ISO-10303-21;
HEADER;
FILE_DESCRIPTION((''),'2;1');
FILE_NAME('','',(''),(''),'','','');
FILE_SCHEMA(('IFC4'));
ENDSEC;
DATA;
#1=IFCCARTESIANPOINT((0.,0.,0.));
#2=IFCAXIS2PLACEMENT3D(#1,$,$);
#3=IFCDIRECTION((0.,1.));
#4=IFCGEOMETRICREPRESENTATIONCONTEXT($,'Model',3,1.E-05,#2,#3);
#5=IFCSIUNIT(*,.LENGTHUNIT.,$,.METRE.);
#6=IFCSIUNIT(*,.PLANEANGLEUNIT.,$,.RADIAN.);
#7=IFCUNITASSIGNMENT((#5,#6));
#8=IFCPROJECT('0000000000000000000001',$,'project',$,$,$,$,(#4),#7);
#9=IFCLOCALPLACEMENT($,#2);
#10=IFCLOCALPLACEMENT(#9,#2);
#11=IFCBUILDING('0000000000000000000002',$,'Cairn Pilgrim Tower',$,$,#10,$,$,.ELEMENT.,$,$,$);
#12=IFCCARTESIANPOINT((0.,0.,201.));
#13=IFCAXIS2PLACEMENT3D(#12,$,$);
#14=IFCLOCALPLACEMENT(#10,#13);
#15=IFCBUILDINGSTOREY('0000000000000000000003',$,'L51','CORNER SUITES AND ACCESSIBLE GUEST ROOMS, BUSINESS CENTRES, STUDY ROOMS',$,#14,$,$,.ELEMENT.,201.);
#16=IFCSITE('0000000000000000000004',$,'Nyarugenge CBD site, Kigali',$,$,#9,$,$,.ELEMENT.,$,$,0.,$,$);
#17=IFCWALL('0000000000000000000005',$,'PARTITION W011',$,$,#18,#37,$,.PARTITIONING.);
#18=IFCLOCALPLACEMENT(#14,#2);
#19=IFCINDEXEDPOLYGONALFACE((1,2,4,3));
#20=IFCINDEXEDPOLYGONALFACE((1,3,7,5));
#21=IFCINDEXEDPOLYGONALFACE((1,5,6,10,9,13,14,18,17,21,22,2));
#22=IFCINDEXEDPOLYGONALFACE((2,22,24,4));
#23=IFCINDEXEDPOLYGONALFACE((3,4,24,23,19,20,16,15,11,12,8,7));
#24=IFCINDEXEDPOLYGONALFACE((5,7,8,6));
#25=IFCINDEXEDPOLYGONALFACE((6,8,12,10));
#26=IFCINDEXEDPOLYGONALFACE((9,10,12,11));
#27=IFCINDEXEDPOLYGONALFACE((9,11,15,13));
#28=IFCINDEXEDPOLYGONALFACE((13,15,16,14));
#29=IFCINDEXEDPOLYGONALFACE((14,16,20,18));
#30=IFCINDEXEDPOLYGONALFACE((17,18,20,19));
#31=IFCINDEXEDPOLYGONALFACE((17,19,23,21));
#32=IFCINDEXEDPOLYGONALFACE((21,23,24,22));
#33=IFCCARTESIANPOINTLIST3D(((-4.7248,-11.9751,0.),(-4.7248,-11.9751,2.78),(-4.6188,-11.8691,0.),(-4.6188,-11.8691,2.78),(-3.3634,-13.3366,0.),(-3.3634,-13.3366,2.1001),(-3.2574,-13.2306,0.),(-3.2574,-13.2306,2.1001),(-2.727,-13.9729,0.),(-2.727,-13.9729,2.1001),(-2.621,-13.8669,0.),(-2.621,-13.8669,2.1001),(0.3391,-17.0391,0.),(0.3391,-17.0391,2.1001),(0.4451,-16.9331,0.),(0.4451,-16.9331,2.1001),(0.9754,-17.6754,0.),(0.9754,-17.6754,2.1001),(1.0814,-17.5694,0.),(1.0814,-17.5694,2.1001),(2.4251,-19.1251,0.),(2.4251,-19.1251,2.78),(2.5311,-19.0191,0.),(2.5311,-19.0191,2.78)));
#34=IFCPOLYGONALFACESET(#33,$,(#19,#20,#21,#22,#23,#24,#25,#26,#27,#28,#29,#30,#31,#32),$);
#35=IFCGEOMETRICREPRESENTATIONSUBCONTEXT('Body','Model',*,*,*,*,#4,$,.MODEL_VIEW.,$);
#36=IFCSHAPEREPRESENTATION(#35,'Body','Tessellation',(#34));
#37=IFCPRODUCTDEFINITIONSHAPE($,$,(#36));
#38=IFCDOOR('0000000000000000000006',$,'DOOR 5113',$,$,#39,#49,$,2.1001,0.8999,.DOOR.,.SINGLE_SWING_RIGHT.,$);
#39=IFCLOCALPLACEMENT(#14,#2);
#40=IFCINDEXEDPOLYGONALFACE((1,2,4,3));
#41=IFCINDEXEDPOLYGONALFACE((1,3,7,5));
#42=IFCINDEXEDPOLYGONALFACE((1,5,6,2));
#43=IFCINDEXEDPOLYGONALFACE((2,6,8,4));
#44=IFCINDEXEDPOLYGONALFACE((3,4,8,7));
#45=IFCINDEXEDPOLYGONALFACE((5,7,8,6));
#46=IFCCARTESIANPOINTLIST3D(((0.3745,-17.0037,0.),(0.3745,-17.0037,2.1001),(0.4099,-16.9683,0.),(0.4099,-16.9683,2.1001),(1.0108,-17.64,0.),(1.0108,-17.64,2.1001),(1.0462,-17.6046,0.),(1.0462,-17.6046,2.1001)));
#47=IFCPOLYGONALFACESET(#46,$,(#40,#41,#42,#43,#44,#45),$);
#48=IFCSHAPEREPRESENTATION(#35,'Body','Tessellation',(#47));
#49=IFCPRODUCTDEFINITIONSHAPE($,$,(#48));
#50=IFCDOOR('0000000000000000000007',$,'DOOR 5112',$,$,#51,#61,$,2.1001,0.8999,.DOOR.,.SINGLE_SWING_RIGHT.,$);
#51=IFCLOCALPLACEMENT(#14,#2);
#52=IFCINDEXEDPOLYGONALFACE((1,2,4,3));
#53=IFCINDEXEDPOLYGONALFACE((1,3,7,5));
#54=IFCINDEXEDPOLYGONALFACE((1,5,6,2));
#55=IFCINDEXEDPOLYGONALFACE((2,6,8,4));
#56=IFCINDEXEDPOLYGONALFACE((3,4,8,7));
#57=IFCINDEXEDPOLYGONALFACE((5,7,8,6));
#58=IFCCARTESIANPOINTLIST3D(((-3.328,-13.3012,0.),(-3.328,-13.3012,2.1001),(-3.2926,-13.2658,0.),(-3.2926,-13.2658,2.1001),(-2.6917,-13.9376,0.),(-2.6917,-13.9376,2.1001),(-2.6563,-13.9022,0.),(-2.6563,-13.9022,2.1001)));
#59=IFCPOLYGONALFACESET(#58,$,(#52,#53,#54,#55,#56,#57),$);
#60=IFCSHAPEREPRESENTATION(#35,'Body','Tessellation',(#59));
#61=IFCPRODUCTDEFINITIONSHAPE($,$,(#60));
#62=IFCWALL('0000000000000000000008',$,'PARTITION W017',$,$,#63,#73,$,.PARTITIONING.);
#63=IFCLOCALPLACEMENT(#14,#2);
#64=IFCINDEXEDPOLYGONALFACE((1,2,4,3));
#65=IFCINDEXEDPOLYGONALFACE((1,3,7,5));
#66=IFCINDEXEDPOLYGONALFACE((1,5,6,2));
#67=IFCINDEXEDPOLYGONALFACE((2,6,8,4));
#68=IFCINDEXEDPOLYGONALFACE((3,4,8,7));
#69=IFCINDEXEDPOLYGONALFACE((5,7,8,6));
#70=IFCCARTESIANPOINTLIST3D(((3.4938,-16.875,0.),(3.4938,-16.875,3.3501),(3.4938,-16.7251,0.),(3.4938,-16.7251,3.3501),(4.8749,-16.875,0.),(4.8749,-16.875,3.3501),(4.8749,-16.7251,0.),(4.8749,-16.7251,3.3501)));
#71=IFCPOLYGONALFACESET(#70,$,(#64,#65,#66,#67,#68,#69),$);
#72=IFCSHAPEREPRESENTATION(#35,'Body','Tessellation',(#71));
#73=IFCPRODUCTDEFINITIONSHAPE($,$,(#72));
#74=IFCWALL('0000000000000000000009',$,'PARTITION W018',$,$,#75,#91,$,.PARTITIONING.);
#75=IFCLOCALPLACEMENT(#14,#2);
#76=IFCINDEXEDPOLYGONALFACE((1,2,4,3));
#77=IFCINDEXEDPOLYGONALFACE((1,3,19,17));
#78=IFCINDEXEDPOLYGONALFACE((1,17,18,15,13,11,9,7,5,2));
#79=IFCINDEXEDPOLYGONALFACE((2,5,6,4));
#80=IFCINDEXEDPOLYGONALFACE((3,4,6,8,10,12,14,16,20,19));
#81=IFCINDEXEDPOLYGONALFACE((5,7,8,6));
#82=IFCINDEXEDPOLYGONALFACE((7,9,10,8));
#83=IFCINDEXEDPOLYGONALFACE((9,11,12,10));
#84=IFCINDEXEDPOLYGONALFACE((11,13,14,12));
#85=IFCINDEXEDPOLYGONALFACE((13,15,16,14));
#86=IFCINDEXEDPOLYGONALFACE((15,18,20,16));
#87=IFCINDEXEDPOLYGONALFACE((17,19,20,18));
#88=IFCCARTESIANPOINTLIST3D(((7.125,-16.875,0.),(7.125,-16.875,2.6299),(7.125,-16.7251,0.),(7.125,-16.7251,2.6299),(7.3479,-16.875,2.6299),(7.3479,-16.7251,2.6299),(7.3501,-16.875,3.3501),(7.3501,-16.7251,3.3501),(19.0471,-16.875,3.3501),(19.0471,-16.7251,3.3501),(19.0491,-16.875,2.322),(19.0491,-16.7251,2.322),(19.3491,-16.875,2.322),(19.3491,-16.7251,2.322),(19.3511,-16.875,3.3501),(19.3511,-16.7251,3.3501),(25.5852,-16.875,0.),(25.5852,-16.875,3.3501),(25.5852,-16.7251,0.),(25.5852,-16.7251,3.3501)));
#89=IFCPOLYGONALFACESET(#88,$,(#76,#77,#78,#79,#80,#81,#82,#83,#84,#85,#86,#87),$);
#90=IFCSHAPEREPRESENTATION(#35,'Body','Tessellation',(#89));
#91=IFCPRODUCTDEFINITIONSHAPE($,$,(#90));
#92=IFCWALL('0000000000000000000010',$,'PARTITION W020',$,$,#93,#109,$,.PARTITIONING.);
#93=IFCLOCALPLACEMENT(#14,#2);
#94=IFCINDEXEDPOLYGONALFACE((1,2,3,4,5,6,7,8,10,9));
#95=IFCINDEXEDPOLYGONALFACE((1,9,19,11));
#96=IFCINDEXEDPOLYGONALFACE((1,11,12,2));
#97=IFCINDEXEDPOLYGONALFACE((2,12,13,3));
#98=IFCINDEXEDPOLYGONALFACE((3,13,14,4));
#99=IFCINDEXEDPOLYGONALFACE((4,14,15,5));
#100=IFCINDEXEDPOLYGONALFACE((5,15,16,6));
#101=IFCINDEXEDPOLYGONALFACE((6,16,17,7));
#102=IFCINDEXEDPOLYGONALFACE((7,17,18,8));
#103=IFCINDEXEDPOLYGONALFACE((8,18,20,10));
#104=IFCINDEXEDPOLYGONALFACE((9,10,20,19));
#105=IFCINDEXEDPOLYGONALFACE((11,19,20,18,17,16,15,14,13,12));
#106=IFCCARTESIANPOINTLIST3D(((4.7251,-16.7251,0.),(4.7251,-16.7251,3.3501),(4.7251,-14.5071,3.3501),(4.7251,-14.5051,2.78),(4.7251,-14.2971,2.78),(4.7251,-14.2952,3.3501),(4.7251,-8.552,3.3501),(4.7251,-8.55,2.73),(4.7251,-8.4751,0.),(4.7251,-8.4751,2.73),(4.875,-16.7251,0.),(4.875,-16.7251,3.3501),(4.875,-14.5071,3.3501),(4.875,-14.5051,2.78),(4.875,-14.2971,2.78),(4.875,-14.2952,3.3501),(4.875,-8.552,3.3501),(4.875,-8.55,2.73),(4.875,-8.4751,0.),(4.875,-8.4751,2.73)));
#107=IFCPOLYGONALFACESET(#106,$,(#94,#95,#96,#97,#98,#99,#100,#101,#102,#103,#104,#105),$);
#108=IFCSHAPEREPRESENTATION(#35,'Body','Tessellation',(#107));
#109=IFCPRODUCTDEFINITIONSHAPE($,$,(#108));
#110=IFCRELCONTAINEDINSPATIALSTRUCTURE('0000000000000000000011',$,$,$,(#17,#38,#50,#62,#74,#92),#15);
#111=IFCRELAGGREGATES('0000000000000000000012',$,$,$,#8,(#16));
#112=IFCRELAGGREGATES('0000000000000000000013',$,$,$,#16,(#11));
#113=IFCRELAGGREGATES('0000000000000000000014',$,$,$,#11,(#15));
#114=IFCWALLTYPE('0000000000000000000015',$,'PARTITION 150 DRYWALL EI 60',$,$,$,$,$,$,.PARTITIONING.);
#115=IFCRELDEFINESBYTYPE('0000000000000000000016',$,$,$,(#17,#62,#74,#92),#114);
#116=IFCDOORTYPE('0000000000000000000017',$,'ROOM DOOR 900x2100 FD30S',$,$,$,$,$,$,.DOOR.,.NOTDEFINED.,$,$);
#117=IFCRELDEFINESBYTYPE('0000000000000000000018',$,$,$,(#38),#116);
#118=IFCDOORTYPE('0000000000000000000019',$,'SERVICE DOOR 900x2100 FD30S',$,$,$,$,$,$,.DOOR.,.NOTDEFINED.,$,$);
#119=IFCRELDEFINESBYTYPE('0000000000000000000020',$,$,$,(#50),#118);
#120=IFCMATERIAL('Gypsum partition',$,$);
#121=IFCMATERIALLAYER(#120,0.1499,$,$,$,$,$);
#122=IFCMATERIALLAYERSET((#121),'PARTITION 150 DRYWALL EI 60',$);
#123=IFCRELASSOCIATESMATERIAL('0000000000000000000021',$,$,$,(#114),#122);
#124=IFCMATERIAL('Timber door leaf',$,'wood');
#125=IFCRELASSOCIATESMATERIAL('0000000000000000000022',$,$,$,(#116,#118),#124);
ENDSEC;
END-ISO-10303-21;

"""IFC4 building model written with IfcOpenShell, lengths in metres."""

from ifc_helpers import new_model, si_unit, direction, frame, frame_2d, origin, place, context, subcontext, project, spatial, polyline, rectangle, outline, extrude, material, layer, layer_set, type_object, element, fill, save


model = new_model("IFC4")

# Units and contexts
model_context = context("Model", 3, precision=1e-05, world=origin(), true_north=direction((0.0, 1.0)))
body_context = subcontext(model_context, "Body", "Model", "MODEL_VIEW")
ifc_project = project(units=[si_unit("LENGTHUNIT", "METRE"), si_unit("PLANEANGLEUNIT", "RADIAN")], contexts=[model_context])

# Site, building, storey
site_placement = place(None, origin())
site = spatial("IfcSite", under=ifc_project, at=site_placement, Name="Nyarugenge CBD site, Kigali", CompositionType="ELEMENT", RefElevation=0.0)
building_placement = place(site_placement, origin())
building = spatial("IfcBuilding", under=site, at=building_placement, Name="Cairn Pilgrim Tower", CompositionType="ELEMENT")
storey_placement = place(building_placement, frame((0.0, 0.0, 201.0)))
storey = spatial("IfcBuildingStorey", under=building, at=storey_placement, Name="L51", Description="CORNER SUITES AND ACCESSIBLE GUEST ROOMS, BUSINESS CENTRES, STUDY ROOMS", CompositionType="ELEMENT", Elevation=201.0)

# Wall, openings, doors
ifc_material_1 = material(Name="Gypsum partition")
ifc_layer_1 = layer(ifc_material_1, 0.1499)
ifc_layer_set_1 = layer_set([ifc_layer_1], Name="PARTITION 150 DRYWALL EI 60")
wall_type_1 = type_object("IfcWallType", Name="PARTITION 150 DRYWALL EI 60", PredefinedType="PARTITIONING", material=ifc_layer_set_1)
ifc_material_2 = material(Name="Timber door leaf", Category="wood")
door_type_1 = type_object("IfcDoorType", Name="ROOM DOOR 900x2100 FD30S", OperationType="NOTDEFINED", PredefinedType="DOOR", material=ifc_material_2)
door_type_2 = type_object("IfcDoorType", Name="SERVICE DOOR 900x2100 FD30S", OperationType="NOTDEFINED", PredefinedType="DOOR", material=ifc_material_2)
wall_1_placement = place(storey_placement, frame((2.478, -19.072, 0.0), z_axis=(0.0, 0.0, 1.0), x_axis=(-0.707107, 0.707107, 0.0)))
wall_1 = element("IfcWall", 1, at=wall_1_placement, inside=storey, type_object=wall_type_1, Name="PARTITION W011", PredefinedType="PARTITIONING", context=body_context, shape_type="SweptSolid", body=[
    extrude(rectangle(XDim=10.1116, YDim=0.1499, at=frame_2d((5.0557, 0.0))), origin(), (0.0, 0.0, 1.0), 2.78),
])
opening_1_placement = place(wall_1_placement, frame((7.2861, 0.0, 0.0)))
opening_1 = element("IfcOpeningElement", 2, at=opening_1_placement, cuts=wall_1, PredefinedType="OPENING", context=body_context, shape_type="SweptSolid", body=[
    extrude(rectangle(XDim=0.8999, YDim=2.1001, at=frame_2d((0.45, 1.05))), frame((0.0, 0.085, 0.0), z_axis=(0.0, -1.0, 0.0), x_axis=(1.0, 0.0, 0.0)), (0.0, 0.0, 1.0), 0.1699),
])
opening_2_placement = place(wall_1_placement, frame((2.05, 0.0, 0.0)))
opening_2 = element("IfcOpeningElement", 3, at=opening_2_placement, cuts=wall_1, PredefinedType="OPENING", context=body_context, shape_type="SweptSolid", body=[
    extrude(rectangle(XDim=0.8999, YDim=2.1001, at=frame_2d((0.45, 1.05))), frame((0.0, 0.085, 0.0), z_axis=(0.0, -1.0, 0.0), x_axis=(1.0, 0.0, 0.0)), (0.0, 0.0, 1.0), 0.1699),
])
door_1_placement = place(opening_2_placement, origin())
door_1 = element("IfcDoor", 4, at=door_1_placement, inside=storey, type_object=door_type_1, Name="DOOR 5113", OperationType="SINGLE_SWING_RIGHT", OverallHeight=2.1001, OverallWidth=0.8999, PredefinedType="DOOR", context=body_context, shape_type="SweptSolid", body=[
    extrude(rectangle(XDim=0.8999, YDim=2.1001, at=frame_2d((0.45, 1.05))), frame((0.0, 0.0249, 0.0), z_axis=(0.0, -1.0, 0.0), x_axis=(1.0, 0.0, 0.0)), (0.0, 0.0, 1.0), 0.05),
])
fill(opening_2, door_1)
door_2_placement = place(opening_1_placement, origin())
door_2 = element("IfcDoor", 5, at=door_2_placement, inside=storey, type_object=door_type_2, Name="DOOR 5112", OperationType="SINGLE_SWING_RIGHT", OverallHeight=2.1001, OverallWidth=0.8999, PredefinedType="DOOR", context=body_context, shape_type="SweptSolid", body=[
    extrude(rectangle(XDim=0.8999, YDim=2.1001, at=frame_2d((0.45, 1.05))), frame((0.0, 0.0249, 0.0), z_axis=(0.0, -1.0, 0.0), x_axis=(1.0, 0.0, 0.0)), (0.0, 0.0, 1.0), 0.05),
])
fill(opening_1, door_2)

# Walls
wall_2_placement = place(storey_placement, frame((3.4939, -16.8, 0.0), z_axis=(0.0, 0.0, 1.0), x_axis=(1.0, 0.0, 0.0)))
element("IfcWall", 6, at=wall_2_placement, inside=storey, type_object=wall_type_1, Name="PARTITION W017", PredefinedType="PARTITIONING", context=body_context, shape_type="SweptSolid", body=[
    extrude(rectangle(XDim=1.3811, YDim=0.1499, at=frame_2d((0.6904, 0.0))), origin(), (0.0, 0.0, 1.0), 3.3501),
])
wall_3_placement = place(storey_placement, frame((7.125, -16.8, 0.0), z_axis=(0.0, 0.0, 1.0), x_axis=(1.0, 0.0, 0.0)))
element("IfcWall", 7, at=wall_3_placement, inside=storey, type_object=wall_type_1, Name="PARTITION W018", PredefinedType="PARTITIONING", context=body_context, shape_type="SweptSolid", body=[
    extrude(outline(polyline([(0.0, 0.0), (18.4602, 0.0), (18.4602, 3.3501), (12.2261, 3.3501), (12.2241, 2.322), (11.9241, 2.322), (11.9221, 3.3501), (0.2251, 3.3501), (0.2229, 2.6299), (0.0, 2.6299), (0.0, 0.0)])), frame((0.0, 0.075, 0.0), z_axis=(0.0, -1.0, 0.0), x_axis=(1.0, 0.0, 0.0)), (0.0, 0.0, 1.0), 0.1499),
])
wall_4_placement = place(storey_placement, frame((4.8, -16.7251, 0.0), z_axis=(0.0, 0.0, 1.0), x_axis=(0.0, 1.0, 0.0)))
element("IfcWall", 8, at=wall_4_placement, inside=storey, type_object=wall_type_1, Name="PARTITION W020", PredefinedType="PARTITIONING", context=body_context, shape_type="SweptSolid", body=[
    extrude(outline(polyline([(0.0, 0.0), (8.25, 0.0), (8.25, 2.73), (8.175, 2.73), (8.1731, 3.3501), (2.4299, 3.3501), (2.428, 2.78), (2.22, 2.78), (2.218, 3.3501), (0.0, 3.3501), (0.0, 0.0)])), frame((0.0, 0.075, 0.0), z_axis=(0.0, -1.0, 0.0), x_axis=(1.0, 0.0, 0.0)), (0.0, 0.0, 1.0), 0.1499),
])

save(model, "model.ifc")
